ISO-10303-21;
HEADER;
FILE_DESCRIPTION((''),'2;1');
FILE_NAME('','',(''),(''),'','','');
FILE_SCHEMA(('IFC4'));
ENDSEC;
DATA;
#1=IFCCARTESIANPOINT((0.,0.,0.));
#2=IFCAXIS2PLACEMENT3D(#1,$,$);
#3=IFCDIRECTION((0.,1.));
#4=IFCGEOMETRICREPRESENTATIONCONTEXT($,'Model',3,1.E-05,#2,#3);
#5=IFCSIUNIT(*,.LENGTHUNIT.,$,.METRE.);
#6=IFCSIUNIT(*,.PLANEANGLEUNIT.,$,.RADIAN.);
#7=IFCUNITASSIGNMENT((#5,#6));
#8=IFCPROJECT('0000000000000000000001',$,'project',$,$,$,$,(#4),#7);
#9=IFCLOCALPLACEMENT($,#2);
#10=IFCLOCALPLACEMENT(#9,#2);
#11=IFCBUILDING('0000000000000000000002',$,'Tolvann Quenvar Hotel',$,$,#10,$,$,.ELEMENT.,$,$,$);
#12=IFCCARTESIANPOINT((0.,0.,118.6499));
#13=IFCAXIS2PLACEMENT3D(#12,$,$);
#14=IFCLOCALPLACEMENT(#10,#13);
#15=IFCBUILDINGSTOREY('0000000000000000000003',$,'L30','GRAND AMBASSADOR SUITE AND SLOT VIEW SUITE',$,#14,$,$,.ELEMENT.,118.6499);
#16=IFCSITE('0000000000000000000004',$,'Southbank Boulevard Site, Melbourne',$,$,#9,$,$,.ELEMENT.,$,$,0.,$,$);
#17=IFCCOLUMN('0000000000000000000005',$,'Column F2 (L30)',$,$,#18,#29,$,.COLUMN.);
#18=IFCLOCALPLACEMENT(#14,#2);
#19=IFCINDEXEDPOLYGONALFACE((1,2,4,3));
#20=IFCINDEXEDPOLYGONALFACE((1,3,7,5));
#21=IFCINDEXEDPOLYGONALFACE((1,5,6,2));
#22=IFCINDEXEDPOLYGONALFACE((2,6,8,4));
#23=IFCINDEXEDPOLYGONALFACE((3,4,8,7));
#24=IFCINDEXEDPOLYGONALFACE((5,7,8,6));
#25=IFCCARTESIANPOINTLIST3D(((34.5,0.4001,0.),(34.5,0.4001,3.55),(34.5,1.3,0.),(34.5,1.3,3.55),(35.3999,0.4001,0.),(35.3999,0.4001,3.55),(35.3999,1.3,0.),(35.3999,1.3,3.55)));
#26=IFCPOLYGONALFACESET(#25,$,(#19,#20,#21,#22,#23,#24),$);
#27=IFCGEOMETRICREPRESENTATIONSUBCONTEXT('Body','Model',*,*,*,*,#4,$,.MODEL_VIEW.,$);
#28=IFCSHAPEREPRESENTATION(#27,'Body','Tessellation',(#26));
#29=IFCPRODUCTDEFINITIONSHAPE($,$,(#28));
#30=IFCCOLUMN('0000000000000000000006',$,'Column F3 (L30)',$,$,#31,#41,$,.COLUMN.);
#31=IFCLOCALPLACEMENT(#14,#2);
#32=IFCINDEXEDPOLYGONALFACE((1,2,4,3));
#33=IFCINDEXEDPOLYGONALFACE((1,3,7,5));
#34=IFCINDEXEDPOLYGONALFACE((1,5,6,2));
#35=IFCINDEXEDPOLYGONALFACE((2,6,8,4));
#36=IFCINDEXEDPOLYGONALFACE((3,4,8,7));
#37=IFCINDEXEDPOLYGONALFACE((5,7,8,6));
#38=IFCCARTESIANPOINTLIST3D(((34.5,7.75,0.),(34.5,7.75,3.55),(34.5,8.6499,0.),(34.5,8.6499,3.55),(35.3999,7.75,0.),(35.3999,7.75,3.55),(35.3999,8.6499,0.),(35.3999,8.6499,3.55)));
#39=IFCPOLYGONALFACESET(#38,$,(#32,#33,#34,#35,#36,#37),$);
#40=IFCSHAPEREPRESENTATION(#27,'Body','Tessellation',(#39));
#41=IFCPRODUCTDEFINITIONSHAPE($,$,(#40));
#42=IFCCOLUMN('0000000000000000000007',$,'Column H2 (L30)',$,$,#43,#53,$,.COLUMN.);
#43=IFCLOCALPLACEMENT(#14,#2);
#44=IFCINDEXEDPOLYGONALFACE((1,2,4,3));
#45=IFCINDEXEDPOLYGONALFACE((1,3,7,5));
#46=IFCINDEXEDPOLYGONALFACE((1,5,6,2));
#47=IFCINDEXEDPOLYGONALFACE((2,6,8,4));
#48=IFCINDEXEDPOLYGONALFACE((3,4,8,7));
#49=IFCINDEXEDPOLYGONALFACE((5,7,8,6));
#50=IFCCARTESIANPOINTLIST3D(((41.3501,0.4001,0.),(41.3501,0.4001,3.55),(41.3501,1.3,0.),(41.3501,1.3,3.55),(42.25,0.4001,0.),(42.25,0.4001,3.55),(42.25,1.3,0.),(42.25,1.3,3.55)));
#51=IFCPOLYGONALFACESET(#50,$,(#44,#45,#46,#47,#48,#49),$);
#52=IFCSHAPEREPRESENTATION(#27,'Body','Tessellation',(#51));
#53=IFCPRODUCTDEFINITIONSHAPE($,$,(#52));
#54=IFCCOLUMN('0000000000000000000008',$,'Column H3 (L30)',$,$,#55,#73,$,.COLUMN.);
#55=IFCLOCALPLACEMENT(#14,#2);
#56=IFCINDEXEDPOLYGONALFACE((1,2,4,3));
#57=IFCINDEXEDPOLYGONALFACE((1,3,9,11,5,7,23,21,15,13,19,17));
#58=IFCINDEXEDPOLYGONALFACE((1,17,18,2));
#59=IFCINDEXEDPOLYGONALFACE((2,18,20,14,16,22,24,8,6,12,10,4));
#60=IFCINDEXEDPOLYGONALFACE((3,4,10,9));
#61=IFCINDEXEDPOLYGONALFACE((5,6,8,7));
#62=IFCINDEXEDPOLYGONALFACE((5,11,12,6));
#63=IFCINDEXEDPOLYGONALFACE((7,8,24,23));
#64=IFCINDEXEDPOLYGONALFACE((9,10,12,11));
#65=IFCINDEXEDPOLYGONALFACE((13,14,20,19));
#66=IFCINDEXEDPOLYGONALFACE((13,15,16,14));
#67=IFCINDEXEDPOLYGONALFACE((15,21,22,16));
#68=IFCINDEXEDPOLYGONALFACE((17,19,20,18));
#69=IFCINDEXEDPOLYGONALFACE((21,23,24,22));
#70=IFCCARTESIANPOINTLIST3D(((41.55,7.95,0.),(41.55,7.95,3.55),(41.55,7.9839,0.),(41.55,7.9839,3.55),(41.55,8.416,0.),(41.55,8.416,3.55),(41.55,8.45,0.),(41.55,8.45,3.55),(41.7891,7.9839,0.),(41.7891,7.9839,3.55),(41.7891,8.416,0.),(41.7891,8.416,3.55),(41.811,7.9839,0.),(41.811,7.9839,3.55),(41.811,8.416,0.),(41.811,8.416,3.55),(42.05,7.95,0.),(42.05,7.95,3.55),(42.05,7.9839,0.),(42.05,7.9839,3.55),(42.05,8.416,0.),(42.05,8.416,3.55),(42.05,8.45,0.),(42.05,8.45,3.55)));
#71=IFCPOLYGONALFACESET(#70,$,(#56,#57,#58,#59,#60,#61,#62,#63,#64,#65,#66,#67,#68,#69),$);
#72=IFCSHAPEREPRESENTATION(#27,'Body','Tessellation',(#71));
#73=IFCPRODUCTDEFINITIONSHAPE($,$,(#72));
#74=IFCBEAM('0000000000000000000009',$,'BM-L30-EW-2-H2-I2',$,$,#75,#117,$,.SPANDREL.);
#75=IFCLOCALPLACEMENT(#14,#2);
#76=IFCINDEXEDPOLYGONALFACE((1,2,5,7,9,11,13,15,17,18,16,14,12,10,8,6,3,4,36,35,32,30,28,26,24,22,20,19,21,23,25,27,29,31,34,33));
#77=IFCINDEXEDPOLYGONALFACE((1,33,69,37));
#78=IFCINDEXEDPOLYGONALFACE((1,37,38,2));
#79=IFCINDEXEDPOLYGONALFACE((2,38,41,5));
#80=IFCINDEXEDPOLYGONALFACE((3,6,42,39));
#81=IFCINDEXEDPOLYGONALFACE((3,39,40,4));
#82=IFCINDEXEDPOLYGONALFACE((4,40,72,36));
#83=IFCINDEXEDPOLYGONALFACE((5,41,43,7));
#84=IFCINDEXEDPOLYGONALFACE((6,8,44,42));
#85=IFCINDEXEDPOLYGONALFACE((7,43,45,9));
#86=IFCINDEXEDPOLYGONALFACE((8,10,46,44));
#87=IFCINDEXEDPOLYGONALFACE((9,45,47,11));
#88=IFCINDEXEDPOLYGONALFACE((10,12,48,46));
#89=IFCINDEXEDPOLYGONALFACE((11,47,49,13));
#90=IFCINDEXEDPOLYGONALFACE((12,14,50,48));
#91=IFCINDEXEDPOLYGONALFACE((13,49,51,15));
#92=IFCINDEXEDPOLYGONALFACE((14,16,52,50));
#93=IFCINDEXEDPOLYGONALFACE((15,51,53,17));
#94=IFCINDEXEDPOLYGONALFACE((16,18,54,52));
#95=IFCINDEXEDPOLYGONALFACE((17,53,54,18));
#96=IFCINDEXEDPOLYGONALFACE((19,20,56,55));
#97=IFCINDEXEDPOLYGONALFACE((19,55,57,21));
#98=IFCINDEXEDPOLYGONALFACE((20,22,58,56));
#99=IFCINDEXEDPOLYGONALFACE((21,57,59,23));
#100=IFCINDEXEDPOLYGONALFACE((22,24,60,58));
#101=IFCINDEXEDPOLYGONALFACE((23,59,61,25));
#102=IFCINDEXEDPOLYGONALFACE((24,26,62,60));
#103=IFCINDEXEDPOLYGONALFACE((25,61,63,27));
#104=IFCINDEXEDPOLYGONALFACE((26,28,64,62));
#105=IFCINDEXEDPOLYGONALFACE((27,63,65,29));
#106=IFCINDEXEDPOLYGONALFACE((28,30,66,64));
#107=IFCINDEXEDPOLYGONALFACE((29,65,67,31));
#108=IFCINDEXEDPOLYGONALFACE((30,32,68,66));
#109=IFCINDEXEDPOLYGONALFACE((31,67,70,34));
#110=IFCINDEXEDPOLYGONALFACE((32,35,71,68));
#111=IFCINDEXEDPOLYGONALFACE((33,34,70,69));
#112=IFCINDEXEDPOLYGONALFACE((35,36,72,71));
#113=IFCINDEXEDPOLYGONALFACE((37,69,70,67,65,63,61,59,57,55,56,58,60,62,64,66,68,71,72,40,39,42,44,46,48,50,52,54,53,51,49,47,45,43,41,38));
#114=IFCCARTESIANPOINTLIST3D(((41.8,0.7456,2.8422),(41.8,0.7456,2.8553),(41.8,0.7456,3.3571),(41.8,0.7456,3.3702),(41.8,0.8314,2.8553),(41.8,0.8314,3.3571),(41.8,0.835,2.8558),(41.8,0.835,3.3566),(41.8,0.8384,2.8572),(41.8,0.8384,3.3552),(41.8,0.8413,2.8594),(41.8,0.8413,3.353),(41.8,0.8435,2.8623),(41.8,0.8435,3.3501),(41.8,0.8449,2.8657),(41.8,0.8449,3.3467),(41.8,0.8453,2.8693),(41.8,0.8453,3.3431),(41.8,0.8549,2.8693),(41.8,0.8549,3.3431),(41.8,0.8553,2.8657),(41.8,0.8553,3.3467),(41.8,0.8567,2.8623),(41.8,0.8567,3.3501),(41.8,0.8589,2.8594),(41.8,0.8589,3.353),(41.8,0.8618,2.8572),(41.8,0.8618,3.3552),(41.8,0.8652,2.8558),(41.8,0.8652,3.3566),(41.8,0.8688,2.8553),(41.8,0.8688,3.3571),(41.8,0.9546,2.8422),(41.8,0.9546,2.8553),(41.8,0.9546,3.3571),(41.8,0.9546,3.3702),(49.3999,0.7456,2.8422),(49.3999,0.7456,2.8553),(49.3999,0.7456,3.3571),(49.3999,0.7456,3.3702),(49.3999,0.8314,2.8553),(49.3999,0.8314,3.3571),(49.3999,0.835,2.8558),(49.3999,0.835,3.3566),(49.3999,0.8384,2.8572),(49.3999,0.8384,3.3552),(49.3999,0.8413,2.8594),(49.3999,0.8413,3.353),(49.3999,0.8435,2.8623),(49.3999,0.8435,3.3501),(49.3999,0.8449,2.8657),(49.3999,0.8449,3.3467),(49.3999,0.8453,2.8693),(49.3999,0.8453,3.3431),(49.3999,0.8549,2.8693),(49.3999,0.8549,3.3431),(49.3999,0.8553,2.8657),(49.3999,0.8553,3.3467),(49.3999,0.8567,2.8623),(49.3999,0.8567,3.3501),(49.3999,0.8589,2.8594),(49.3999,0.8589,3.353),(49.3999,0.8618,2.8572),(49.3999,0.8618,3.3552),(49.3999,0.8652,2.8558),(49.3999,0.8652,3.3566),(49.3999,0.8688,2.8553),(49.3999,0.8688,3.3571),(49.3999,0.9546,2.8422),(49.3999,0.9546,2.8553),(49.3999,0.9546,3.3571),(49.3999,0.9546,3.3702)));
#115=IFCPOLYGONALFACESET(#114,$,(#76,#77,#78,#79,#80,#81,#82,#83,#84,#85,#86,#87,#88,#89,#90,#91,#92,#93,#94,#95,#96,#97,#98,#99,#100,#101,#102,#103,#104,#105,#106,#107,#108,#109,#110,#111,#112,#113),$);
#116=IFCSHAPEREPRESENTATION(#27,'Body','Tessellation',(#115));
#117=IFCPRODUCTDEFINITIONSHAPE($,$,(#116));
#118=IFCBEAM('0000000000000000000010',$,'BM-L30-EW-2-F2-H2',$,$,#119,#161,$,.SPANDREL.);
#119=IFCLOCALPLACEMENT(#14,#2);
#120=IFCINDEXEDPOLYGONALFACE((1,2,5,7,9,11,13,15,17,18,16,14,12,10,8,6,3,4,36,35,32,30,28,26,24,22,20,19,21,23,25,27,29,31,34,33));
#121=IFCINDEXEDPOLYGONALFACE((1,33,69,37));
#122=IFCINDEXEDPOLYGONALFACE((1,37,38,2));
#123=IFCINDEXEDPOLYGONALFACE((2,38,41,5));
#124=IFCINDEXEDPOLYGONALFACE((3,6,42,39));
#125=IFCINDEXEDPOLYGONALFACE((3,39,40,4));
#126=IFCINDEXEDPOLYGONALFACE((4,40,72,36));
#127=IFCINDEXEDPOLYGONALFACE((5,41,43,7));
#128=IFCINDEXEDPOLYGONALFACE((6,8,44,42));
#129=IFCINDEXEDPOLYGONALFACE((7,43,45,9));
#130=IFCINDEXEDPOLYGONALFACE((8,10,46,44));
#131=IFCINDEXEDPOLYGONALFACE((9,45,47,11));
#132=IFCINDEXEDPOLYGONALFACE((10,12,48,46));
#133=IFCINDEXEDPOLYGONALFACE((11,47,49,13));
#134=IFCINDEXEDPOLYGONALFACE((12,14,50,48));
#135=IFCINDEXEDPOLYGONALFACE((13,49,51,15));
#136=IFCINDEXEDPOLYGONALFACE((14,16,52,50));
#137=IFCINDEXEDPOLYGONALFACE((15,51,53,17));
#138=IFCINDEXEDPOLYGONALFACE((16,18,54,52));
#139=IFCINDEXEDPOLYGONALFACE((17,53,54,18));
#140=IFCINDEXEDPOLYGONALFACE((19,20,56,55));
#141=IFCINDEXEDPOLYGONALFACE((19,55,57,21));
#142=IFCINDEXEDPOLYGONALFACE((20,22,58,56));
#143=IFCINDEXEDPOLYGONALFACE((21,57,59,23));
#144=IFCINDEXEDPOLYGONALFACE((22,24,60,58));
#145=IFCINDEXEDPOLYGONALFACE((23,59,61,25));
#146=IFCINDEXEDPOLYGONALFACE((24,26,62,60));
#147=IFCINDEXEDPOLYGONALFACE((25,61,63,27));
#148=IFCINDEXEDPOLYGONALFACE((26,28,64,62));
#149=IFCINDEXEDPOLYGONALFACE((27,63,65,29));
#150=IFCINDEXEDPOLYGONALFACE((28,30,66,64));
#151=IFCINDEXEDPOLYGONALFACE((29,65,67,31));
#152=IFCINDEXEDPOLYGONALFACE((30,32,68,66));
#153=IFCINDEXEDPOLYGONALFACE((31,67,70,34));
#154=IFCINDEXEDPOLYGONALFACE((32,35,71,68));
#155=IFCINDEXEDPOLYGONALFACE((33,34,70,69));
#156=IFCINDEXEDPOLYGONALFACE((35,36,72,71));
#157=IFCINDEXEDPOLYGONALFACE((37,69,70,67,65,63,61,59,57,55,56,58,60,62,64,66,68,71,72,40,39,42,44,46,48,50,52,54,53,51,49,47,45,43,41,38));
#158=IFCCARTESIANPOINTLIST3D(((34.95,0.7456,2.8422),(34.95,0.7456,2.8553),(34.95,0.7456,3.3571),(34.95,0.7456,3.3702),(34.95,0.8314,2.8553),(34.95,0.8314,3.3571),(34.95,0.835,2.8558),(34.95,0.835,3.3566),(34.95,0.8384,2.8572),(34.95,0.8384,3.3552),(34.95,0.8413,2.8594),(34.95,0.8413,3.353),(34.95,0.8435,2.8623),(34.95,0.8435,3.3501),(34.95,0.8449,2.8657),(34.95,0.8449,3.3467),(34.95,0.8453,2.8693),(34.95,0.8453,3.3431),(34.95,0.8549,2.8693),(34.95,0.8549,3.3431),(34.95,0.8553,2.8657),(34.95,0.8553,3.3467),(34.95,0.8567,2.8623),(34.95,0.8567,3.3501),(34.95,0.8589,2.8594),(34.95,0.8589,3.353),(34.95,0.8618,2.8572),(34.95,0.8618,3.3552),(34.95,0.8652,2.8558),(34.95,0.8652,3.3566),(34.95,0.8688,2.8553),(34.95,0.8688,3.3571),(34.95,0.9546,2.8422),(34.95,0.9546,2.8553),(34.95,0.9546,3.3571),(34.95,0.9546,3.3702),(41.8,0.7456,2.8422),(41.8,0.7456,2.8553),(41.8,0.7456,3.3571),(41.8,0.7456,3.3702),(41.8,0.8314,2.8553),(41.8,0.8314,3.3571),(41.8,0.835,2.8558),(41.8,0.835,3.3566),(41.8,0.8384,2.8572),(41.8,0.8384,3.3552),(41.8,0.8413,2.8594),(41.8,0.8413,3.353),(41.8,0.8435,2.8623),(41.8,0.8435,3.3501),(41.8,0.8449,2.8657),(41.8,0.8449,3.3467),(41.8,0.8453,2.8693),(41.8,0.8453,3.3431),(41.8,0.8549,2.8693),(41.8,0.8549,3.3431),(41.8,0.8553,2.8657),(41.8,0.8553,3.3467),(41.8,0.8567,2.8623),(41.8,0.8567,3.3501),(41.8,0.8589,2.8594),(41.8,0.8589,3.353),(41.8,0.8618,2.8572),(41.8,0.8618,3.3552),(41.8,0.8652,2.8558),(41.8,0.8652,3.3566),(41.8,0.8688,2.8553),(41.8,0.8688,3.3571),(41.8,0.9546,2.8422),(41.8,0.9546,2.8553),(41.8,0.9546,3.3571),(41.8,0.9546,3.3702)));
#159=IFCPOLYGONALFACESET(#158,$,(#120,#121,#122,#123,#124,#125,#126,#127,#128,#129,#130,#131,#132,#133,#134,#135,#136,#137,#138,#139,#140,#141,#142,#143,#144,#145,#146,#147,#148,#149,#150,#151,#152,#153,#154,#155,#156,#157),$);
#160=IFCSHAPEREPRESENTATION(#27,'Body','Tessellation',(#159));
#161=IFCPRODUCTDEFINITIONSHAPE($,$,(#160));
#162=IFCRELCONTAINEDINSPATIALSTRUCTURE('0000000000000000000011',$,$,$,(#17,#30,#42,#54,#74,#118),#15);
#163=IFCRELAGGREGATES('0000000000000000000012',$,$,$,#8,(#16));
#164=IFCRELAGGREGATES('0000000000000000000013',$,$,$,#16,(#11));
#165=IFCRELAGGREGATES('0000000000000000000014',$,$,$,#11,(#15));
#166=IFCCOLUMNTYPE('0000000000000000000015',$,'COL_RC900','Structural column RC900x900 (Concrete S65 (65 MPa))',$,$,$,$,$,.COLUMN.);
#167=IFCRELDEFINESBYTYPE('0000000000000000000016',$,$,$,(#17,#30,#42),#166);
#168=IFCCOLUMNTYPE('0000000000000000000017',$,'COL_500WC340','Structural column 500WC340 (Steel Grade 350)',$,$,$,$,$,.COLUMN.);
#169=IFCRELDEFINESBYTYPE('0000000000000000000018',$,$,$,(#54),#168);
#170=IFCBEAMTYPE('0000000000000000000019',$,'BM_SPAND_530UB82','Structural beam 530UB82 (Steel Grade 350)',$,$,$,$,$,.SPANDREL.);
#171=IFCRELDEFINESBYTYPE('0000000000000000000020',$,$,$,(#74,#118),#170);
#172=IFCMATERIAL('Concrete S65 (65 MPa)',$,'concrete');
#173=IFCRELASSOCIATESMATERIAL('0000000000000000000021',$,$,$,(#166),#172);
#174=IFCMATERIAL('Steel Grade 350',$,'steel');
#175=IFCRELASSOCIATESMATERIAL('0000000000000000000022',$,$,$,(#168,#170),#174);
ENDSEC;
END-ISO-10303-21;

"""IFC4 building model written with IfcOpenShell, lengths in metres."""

from ifc_helpers import new_model, si_unit, direction, frame, origin, origin_2d, place, context, subcontext, project, spatial, rectangle, i_section, extrude, source, transform, mapped, material, material_profile, profile_set, type_object, type_shapes, element, save


model = new_model("IFC4")

# Units and contexts
model_context = context("Model", 3, precision=1e-05, world=origin(), true_north=direction((0.0, 1.0)))
body_context = subcontext(model_context, "Body", "Model", "MODEL_VIEW")
ifc_project = project(units=[si_unit("LENGTHUNIT", "METRE"), si_unit("PLANEANGLEUNIT", "RADIAN")], contexts=[model_context])

# Site, building, storey
site_placement = place(None, origin())
site = spatial("IfcSite", under=ifc_project, at=site_placement, Name="Southbank Boulevard Site, Melbourne", CompositionType="ELEMENT", RefElevation=0.0)
building_placement = place(site_placement, origin())
building = spatial("IfcBuilding", under=site, at=building_placement, Name="Tolvann Quenvar Hotel", CompositionType="ELEMENT")
storey_placement = place(building_placement, frame((0.0, 0.0, 118.6499)))
storey = spatial("IfcBuildingStorey", under=building, at=storey_placement, Name="L30", Description="GRAND AMBASSADOR SUITE AND SLOT VIEW SUITE", CompositionType="ELEMENT", Elevation=118.6499)

# Columns
ifc_material_1 = material(Name="Concrete S65 (65 MPa)", Category="concrete")
ifc_material_profile_1 = material_profile(ifc_material_1, rectangle(XDim=0.8999, YDim=0.8999, at=origin_2d()), Name="RC900x900")
ifc_profile_set_1 = profile_set([ifc_material_profile_1], Name="Concrete S65 (65 MPa)")
column_type_1 = type_object("IfcColumnType", Name="COL_RC900", Description="Structural column RC900x900 (Concrete S65 (65 MPa))", PredefinedType="COLUMN", material=ifc_profile_set_1)
shared_shape_1 = source(origin(), body_context, "Body", "SweptSolid", [
    extrude(rectangle(XDim=0.8999, YDim=0.8999, at=origin_2d()), origin(), (0.0, 0.0, 1.0), 3.55),
])
type_shapes(column_type_1, [shared_shape_1])
for number, where, z_axis, x_axis, name in (
    (1, (34.95, 0.8501, 0.0), (0.0, 0.0, 1.0), (1.0, 0.0, 0.0), "Column F2 (L30)"),
    (2, (34.95, 8.2, 0.0), (0.0, 0.0, 1.0), (1.0, 0.0, 0.0), "Column F3 (L30)"),
    (3, (41.8, 0.8501, 0.0), (0.0, 0.0, 1.0), (1.0, 0.0, 0.0), "Column H2 (L30)"),
):
    element("IfcColumn", number, at=place(storey_placement, frame(where, z_axis=z_axis, x_axis=x_axis)), inside=storey, type_object=column_type_1, Name=name, PredefinedType="COLUMN", context=body_context, shape_type="MappedRepresentation", body=[
        mapped(shared_shape_1, transform((0.0, 0.0, 0.0), x_axis=(1.0, 0.0, 0.0), y_axis=(0.0, 1.0, 0.0), z_axis=(0.0, 0.0, 1.0), scale=1.0)),
    ])
ifc_material_2 = material(Name="Steel Grade 350", Category="steel")
ifc_material_profile_2 = material_profile(ifc_material_2, i_section(OverallWidth=0.5, OverallDepth=0.5, WebThickness=0.022, FlangeThickness=0.0339, at=origin_2d()), Name="500WC340")
ifc_profile_set_2 = profile_set([ifc_material_profile_2], Name="Steel Grade 350")
column_type_2 = type_object("IfcColumnType", Name="COL_500WC340", Description="Structural column 500WC340 (Steel Grade 350)", PredefinedType="COLUMN", material=ifc_profile_set_2)
shared_shape_2 = source(origin(), body_context, "Body", "SweptSolid", [
    extrude(i_section(OverallWidth=0.5, OverallDepth=0.5, WebThickness=0.022, FlangeThickness=0.0339, at=origin_2d()), origin(), (0.0, 0.0, 1.0), 3.55),
])
type_shapes(column_type_2, [shared_shape_2])
column_placement = place(storey_placement, frame((41.8, 8.2, 0.0), z_axis=(0.0, 0.0, 1.0), x_axis=(1.0, 0.0, 0.0)))
element("IfcColumn", 4, at=column_placement, inside=storey, type_object=column_type_2, Name="Column H3 (L30)", PredefinedType="COLUMN", context=body_context, shape_type="MappedRepresentation", body=[
    mapped(shared_shape_2, transform((0.0, 0.0, 0.0), x_axis=(1.0, 0.0, 0.0), y_axis=(0.0, 1.0, 0.0), z_axis=(0.0, 0.0, 1.0), scale=1.0)),
])

# Beams
ifc_material_profile_3 = material_profile(ifc_material_2, i_section(OverallWidth=0.209, OverallDepth=0.5281, WebThickness=0.0095, FlangeThickness=0.0132, FilletRadius=0.0139, at=origin_2d()), Name="530UB82")
ifc_profile_set_3 = profile_set([ifc_material_profile_3], Name="Steel Grade 350")
beam_type_1 = type_object("IfcBeamType", Name="BM_SPAND_530UB82", Description="Structural beam 530UB82 (Steel Grade 350)", PredefinedType="SPANDREL", material=ifc_profile_set_3)
shared_shape_3 = source(origin(), body_context, "Body", "SweptSolid", [
    extrude(i_section(OverallWidth=0.209, OverallDepth=0.5281, WebThickness=0.0095, FlangeThickness=0.0132, FilletRadius=0.0139, at=origin_2d()), origin(), (0.0, 0.0, 1.0), 7.5999),
])
beam_1_placement = place(storey_placement, frame((41.8, 0.8501, 3.1062), z_axis=(1.0, 0.0, 0.0), x_axis=(0.0, 1.0, 0.0)))
element("IfcBeam", 5, at=beam_1_placement, inside=storey, type_object=beam_type_1, Name="BM-L30-EW-2-H2-I2", PredefinedType="SPANDREL", context=body_context, shape_type="MappedRepresentation", body=[
    mapped(shared_shape_3, transform((0.0, 0.0, 0.0), x_axis=(1.0, 0.0, 0.0), y_axis=(0.0, 1.0, 0.0), z_axis=(0.0, 0.0, 1.0), scale=1.0)),
])
shared_shape_4 = source(origin(), body_context, "Body", "SweptSolid", [
    extrude(i_section(OverallWidth=0.209, OverallDepth=0.5281, WebThickness=0.0095, FlangeThickness=0.0132, FilletRadius=0.0139, at=origin_2d()), origin(), (0.0, 0.0, 1.0), 6.8501),
])
type_shapes(beam_type_1, [shared_shape_3, shared_shape_4])
beam_2_placement = place(storey_placement, frame((34.95, 0.8501, 3.1062), z_axis=(1.0, 0.0, 0.0), x_axis=(0.0, 1.0, 0.0)))
element("IfcBeam", 6, at=beam_2_placement, inside=storey, type_object=beam_type_1, Name="BM-L30-EW-2-F2-H2", PredefinedType="SPANDREL", context=body_context, shape_type="MappedRepresentation", body=[
    mapped(shared_shape_4, transform((0.0, 0.0, 0.0), x_axis=(1.0, 0.0, 0.0), y_axis=(0.0, 1.0, 0.0), z_axis=(0.0, 0.0, 1.0), scale=1.0)),
])

save(model, "model.ifc")
